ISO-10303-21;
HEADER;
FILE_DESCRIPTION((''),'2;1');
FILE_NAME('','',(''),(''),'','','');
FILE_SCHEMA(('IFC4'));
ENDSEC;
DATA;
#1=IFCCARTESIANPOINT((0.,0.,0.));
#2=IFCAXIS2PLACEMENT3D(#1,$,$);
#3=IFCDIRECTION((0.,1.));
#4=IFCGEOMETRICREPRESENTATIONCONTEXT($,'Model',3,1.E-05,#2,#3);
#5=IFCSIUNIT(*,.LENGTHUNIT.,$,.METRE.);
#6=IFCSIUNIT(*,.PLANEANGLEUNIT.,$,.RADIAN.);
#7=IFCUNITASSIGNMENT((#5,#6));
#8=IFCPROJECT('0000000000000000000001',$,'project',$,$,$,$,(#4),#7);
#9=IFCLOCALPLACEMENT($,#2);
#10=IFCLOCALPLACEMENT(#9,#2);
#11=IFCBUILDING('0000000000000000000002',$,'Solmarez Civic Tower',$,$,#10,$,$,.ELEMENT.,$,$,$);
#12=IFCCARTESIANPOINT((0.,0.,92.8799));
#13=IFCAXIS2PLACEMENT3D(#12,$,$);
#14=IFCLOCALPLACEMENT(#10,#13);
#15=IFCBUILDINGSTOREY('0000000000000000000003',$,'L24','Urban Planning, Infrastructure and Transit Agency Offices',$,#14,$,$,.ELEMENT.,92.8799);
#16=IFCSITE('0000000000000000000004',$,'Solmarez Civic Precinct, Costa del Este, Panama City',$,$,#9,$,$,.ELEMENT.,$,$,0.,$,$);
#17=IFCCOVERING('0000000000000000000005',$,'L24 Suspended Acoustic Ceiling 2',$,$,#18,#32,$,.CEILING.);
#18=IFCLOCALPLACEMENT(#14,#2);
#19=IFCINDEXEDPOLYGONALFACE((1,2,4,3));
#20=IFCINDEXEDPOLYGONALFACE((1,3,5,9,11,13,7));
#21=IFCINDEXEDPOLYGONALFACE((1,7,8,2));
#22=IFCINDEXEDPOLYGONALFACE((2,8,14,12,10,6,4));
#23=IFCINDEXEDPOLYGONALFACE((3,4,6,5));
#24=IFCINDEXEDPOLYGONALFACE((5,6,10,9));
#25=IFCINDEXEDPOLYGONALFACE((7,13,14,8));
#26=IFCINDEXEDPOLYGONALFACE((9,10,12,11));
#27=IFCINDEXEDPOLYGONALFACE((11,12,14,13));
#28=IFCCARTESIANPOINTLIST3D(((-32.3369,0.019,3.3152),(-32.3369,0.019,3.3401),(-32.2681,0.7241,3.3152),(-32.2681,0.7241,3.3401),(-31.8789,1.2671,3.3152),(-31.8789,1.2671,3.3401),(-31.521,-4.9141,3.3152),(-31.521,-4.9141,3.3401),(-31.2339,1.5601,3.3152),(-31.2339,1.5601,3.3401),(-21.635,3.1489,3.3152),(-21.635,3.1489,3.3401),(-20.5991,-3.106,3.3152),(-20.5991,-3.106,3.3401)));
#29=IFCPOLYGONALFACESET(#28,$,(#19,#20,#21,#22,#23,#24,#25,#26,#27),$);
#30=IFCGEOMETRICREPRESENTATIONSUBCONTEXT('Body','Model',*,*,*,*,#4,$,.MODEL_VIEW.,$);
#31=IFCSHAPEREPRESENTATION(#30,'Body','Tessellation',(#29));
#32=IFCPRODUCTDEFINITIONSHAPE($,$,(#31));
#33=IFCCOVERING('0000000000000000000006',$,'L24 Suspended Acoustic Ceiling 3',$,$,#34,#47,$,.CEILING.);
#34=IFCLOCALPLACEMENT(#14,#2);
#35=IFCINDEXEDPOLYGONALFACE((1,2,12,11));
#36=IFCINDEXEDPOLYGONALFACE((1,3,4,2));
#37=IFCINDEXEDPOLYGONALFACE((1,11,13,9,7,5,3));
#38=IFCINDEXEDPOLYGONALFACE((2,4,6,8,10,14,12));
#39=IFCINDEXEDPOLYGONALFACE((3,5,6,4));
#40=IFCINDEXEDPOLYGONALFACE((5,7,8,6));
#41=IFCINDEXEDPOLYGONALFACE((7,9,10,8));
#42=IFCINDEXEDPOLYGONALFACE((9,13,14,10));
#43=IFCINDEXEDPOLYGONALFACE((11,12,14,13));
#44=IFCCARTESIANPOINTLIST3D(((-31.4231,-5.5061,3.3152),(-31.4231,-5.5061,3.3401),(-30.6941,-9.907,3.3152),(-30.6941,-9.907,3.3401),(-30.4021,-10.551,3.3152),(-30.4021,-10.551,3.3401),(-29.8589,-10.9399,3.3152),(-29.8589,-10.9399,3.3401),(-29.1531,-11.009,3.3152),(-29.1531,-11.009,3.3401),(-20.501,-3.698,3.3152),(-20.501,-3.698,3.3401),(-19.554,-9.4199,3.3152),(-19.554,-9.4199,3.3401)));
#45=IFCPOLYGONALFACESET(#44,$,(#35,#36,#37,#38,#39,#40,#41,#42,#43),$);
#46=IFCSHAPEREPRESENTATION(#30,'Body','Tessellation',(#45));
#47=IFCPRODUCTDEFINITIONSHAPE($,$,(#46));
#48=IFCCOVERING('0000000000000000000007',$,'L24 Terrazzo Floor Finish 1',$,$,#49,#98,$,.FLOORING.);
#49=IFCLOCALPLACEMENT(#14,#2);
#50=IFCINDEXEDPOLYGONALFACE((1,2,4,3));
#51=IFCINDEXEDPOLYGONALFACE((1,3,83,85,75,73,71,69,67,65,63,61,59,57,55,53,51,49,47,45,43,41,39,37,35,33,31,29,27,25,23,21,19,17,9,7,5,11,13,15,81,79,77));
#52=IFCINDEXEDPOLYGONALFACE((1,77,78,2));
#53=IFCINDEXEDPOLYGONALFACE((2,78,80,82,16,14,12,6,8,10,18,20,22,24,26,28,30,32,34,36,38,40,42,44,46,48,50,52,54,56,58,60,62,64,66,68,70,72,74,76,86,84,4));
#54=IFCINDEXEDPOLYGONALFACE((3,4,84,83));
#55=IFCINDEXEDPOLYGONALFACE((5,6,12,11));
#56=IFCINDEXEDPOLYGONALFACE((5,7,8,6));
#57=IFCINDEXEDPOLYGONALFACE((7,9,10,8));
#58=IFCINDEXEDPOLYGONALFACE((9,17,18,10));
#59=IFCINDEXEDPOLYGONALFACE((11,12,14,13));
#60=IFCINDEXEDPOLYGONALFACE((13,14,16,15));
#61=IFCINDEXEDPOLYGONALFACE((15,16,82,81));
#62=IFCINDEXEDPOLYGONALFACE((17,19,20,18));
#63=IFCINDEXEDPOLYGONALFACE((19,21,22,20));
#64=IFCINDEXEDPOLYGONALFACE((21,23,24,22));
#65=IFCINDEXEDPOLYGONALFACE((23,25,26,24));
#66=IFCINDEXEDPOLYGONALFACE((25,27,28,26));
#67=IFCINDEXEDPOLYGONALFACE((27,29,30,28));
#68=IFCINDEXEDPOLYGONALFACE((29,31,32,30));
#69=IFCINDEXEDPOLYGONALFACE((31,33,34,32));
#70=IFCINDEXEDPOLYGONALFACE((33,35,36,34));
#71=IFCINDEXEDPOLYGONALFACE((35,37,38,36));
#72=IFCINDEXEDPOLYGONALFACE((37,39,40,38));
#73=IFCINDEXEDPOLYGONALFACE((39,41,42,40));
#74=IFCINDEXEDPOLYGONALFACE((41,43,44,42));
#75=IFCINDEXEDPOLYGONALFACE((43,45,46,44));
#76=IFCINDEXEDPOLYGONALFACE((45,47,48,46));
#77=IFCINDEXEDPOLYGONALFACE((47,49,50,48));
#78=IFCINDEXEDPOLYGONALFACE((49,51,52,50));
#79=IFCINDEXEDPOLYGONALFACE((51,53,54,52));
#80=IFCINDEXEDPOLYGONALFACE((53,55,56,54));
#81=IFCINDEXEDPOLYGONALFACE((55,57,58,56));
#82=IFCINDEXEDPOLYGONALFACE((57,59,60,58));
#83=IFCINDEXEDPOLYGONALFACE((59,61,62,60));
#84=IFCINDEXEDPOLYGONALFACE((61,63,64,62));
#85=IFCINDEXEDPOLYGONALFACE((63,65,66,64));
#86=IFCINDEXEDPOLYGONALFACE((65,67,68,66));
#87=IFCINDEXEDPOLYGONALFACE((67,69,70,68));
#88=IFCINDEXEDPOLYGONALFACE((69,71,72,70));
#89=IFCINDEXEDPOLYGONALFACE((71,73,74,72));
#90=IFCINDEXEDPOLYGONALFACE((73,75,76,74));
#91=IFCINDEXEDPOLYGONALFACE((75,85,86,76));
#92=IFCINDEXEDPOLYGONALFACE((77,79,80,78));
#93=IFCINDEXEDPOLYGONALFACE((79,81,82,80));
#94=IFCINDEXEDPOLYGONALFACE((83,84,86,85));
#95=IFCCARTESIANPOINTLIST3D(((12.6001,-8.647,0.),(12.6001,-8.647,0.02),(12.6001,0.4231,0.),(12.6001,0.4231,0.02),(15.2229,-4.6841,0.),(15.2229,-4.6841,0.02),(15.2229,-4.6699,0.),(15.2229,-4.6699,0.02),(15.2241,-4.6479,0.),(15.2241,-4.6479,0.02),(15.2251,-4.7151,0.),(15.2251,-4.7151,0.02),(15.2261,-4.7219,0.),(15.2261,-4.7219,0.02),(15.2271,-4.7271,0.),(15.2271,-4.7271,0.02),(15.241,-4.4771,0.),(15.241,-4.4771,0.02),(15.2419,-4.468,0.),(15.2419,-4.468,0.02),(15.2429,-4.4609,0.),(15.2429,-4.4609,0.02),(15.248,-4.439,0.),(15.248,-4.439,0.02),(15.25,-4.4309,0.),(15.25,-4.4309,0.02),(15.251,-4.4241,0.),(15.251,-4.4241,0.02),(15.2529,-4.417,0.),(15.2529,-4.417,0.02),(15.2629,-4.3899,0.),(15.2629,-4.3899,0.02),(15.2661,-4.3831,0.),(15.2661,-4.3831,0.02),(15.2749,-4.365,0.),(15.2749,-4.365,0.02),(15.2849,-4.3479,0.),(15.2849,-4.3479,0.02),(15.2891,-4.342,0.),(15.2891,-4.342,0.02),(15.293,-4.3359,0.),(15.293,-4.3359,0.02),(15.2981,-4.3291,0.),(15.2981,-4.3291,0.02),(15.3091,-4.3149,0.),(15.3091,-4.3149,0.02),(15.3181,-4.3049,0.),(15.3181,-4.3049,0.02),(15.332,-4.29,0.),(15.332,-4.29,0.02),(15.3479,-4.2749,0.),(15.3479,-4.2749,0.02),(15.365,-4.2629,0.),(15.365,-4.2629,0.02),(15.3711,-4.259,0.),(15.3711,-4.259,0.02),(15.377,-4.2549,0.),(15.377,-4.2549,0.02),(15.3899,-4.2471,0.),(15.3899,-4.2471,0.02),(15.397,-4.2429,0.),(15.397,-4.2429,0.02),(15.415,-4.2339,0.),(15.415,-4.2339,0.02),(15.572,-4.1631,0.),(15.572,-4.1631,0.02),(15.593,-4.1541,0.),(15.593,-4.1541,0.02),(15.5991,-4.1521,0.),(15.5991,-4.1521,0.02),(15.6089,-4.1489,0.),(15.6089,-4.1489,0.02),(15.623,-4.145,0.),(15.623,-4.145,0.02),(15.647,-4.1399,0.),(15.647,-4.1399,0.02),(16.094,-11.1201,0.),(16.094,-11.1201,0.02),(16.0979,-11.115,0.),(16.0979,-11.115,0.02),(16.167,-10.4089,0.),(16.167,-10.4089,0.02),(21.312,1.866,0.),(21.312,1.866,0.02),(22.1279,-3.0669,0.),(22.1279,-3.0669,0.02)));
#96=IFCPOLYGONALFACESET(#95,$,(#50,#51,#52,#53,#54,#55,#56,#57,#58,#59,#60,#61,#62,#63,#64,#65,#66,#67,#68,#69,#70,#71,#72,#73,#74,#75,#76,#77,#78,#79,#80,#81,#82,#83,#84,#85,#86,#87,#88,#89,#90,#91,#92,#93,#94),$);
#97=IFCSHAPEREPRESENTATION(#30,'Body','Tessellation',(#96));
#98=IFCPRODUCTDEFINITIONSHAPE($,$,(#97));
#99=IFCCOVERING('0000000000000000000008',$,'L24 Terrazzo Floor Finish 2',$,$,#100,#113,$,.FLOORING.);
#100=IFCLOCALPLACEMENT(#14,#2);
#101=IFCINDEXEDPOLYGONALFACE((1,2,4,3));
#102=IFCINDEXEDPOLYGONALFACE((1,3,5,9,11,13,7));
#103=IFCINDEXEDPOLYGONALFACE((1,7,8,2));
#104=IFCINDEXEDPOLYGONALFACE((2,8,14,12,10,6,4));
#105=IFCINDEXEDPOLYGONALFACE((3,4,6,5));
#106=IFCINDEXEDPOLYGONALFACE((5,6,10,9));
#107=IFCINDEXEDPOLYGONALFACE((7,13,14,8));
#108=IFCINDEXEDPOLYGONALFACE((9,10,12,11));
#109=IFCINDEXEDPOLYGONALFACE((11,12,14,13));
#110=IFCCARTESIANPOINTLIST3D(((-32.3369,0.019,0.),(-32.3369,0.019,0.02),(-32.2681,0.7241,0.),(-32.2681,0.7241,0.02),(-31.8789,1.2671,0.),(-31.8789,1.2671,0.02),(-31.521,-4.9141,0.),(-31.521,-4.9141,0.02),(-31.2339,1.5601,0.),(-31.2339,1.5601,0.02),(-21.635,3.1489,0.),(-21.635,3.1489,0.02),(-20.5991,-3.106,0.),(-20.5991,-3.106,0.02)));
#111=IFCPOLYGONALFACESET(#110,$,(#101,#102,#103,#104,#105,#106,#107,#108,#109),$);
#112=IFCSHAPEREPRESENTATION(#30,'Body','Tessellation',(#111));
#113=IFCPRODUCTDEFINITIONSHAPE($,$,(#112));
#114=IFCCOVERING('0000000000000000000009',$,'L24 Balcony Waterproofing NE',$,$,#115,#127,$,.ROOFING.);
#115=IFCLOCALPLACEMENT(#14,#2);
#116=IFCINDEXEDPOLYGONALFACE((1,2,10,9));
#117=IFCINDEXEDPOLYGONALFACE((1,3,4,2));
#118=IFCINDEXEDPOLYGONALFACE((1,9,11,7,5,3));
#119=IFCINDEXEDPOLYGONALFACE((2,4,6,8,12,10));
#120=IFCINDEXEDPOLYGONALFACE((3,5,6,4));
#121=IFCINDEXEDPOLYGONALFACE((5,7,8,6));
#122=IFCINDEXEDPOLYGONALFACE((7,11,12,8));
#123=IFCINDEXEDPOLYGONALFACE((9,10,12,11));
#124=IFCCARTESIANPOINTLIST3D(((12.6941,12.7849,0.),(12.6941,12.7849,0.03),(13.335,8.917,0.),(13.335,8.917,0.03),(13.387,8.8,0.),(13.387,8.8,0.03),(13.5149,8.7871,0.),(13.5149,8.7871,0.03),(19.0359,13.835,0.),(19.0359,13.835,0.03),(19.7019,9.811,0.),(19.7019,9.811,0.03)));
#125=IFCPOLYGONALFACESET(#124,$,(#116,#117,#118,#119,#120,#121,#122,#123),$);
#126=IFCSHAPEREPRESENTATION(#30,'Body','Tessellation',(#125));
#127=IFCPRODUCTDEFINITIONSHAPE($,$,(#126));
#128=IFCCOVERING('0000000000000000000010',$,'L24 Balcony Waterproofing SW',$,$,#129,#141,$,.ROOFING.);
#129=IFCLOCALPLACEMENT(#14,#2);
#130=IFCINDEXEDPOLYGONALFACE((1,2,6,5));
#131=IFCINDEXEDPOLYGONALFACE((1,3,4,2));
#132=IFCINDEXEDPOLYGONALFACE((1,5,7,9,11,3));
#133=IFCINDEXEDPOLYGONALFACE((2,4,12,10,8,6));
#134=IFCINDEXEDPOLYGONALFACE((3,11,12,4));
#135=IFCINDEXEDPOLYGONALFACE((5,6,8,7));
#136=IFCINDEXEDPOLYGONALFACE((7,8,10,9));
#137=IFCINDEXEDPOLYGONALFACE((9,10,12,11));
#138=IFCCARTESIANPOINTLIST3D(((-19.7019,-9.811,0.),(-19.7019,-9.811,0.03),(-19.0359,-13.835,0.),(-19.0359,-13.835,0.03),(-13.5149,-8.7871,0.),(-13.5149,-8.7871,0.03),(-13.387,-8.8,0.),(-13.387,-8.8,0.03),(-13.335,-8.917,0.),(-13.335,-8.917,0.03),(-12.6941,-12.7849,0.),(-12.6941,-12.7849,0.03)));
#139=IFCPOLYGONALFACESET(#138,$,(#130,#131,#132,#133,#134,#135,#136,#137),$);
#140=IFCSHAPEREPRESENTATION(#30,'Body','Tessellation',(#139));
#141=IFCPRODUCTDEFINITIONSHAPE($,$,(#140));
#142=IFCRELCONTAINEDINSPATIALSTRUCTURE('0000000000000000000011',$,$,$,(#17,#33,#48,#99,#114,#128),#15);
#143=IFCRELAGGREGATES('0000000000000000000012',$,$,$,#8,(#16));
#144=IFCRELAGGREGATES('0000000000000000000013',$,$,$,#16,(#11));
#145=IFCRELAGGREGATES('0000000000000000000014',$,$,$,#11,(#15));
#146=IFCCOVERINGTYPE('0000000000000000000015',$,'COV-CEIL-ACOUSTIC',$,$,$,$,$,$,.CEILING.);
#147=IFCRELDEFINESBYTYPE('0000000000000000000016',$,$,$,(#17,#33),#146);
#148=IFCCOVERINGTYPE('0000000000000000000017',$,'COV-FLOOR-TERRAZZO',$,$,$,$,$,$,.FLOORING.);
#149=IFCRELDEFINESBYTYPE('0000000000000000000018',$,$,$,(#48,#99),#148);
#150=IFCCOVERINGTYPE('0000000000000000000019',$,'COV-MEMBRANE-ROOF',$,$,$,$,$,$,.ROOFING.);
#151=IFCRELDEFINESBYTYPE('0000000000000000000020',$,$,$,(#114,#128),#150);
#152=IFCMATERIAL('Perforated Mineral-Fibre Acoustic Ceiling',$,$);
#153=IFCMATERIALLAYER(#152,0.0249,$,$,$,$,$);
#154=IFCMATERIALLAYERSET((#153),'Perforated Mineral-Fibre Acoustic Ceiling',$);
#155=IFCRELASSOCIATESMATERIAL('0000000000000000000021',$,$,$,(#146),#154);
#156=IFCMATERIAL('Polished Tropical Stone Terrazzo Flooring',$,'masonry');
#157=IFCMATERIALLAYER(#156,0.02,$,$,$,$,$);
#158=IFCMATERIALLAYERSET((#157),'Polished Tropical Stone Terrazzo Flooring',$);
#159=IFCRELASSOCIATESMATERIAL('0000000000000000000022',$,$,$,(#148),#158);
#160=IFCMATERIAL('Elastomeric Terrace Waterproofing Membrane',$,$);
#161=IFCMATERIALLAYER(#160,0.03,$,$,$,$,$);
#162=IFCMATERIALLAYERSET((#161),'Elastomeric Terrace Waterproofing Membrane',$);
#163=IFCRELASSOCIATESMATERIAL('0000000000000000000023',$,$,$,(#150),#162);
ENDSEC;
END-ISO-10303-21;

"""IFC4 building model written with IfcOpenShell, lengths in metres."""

from ifc_helpers import new_model, si_unit, direction, frame, origin, place, context, subcontext, project, spatial, polyline, outline, extrude, material, layer, layer_set, type_object, element, save


model = new_model("IFC4")

# Units and contexts
model_context = context("Model", 3, precision=1e-05, world=origin(), true_north=direction((0.0, 1.0)))
body_context = subcontext(model_context, "Body", "Model", "MODEL_VIEW")
ifc_project = project(units=[si_unit("LENGTHUNIT", "METRE"), si_unit("PLANEANGLEUNIT", "RADIAN")], contexts=[model_context])

# Site, building, storey
site_placement = place(None, origin())
site = spatial("IfcSite", under=ifc_project, at=site_placement, Name="Solmarez Civic Precinct, Costa del Este, Panama City", CompositionType="ELEMENT", RefElevation=0.0)
building_placement = place(site_placement, origin())
building = spatial("IfcBuilding", under=site, at=building_placement, Name="Solmarez Civic Tower", CompositionType="ELEMENT")
storey_placement = place(building_placement, frame((0.0, 0.0, 92.8799)))
storey = spatial("IfcBuildingStorey", under=building, at=storey_placement, Name="L24", Description="Urban Planning, Infrastructure and Transit Agency Offices", CompositionType="ELEMENT", Elevation=92.8799)

# Coverings
ifc_material_1 = material(Name="Perforated Mineral-Fibre Acoustic Ceiling")
ifc_layer_1 = layer(ifc_material_1, 0.0249)
ifc_layer_set_1 = layer_set([ifc_layer_1], Name="Perforated Mineral-Fibre Acoustic Ceiling")
covering_type_1 = type_object("IfcCoveringType", Name="COV-CEIL-ACOUSTIC", PredefinedType="CEILING", material=ifc_layer_set_1)
covering_1_placement = place(storey_placement, frame((0.0, 0.0, 3.3152)))
element("IfcCovering", 1, at=covering_1_placement, inside=storey, type_object=covering_type_1, Name="L24 Suspended Acoustic Ceiling 2", PredefinedType="CEILING", context=body_context, shape_type="SweptSolid", body=[
    extrude(outline(polyline([(-21.635, 3.1489), (-31.2339, 1.5601), (-31.8789, 1.2671), (-32.2681, 0.7241), (-32.3369, 0.019), (-31.521, -4.9141), (-20.5991, -3.106), (-21.635, 3.1489)])), origin(), (0.0, 0.0, 1.0), 0.0249),
])
covering_2_placement = place(storey_placement, frame((0.0, 0.0, 3.3152)))
element("IfcCovering", 2, at=covering_2_placement, inside=storey, type_object=covering_type_1, Name="L24 Suspended Acoustic Ceiling 3", PredefinedType="CEILING", context=body_context, shape_type="SweptSolid", body=[
    extrude(outline(polyline([(-31.4231, -5.5061), (-30.6941, -9.907), (-30.4021, -10.551), (-29.8589, -10.9399), (-29.1531, -11.009), (-19.554, -9.4199), (-20.501, -3.698), (-31.4231, -5.5061)])), origin(), (0.0, 0.0, 1.0), 0.0249),
])
ifc_material_2 = material(Name="Polished Tropical Stone Terrazzo Flooring", Category="masonry")
ifc_layer_2 = layer(ifc_material_2, 0.02)
ifc_layer_set_2 = layer_set([ifc_layer_2], Name="Polished Tropical Stone Terrazzo Flooring")
covering_type_2 = type_object("IfcCoveringType", Name="COV-FLOOR-TERRAZZO", PredefinedType="FLOORING", material=ifc_layer_set_2)
covering_3_placement = place(storey_placement, origin())
element("IfcCovering", 3, at=covering_3_placement, inside=storey, type_object=covering_type_2, Name="L24 Terrazzo Floor Finish 1", PredefinedType="FLOORING", context=body_context, shape_type="SweptSolid", body=[
    extrude(outline(polyline([(12.6001, 0.4231), (12.6001, -8.647), (16.094, -11.1201), (16.0979, -11.115), (16.167, -10.4089), (15.2271, -4.7271), (15.2261, -4.7219), (15.2251, -4.7151), (15.2229, -4.6841), (15.2229, -4.6699), (15.2241, -4.6479), (15.241, -4.4771), (15.2419, -4.468), (15.2429, -4.4609), (15.248, -4.439), (15.25, -4.4309), (15.251, -4.4241), (15.2529, -4.417), (15.2629, -4.3899), (15.2661, -4.3831), (15.2749, -4.365), (15.2849, -4.3479), (15.2891, -4.342), (15.293, -4.3359), (15.2981, -4.3291), (15.3091, -4.3149), (15.3181, -4.3049), (15.332, -4.29), (15.3479, -4.2749), (15.365, -4.2629), (15.3711, -4.259), (15.377, -4.2549), (15.3899, -4.2471), (15.397, -4.2429), (15.415, -4.2339), (15.572, -4.1631), (15.593, -4.1541), (15.5991, -4.1521), (15.6089, -4.1489), (15.623, -4.145), (15.647, -4.1399), (22.1279, -3.0669), (21.312, 1.866), (12.6001, 0.4231)])), origin(), (0.0, 0.0, 1.0), 0.02),
])
covering_4_placement = place(storey_placement, origin())
element("IfcCovering", 4, at=covering_4_placement, inside=storey, type_object=covering_type_2, Name="L24 Terrazzo Floor Finish 2", PredefinedType="FLOORING", context=body_context, shape_type="SweptSolid", body=[
    extrude(outline(polyline([(-21.635, 3.1489), (-31.2339, 1.5601), (-31.8789, 1.2671), (-32.2681, 0.7241), (-32.3369, 0.019), (-31.521, -4.9141), (-20.5991, -3.106), (-21.635, 3.1489)])), origin(), (0.0, 0.0, 1.0), 0.02),
])
ifc_material_3 = material(Name="Elastomeric Terrace Waterproofing Membrane")
ifc_layer_3 = layer(ifc_material_3, 0.03)
ifc_layer_set_3 = layer_set([ifc_layer_3], Name="Elastomeric Terrace Waterproofing Membrane")
covering_type_3 = type_object("IfcCoveringType", Name="COV-MEMBRANE-ROOF", PredefinedType="ROOFING", material=ifc_layer_set_3)
covering_5_placement = place(storey_placement, origin())
element("IfcCovering", 5, at=covering_5_placement, inside=storey, type_object=covering_type_3, Name="L24 Balcony Waterproofing NE", PredefinedType="ROOFING", context=body_context, shape_type="SweptSolid", body=[
    extrude(outline(polyline([(13.335, 8.917), (13.387, 8.8), (13.5149, 8.7871), (19.7019, 9.811), (19.0359, 13.835), (12.6941, 12.7849), (13.335, 8.917)])), origin(), (0.0, 0.0, 1.0), 0.03),
])
covering_6_placement = place(storey_placement, origin())
element("IfcCovering", 6, at=covering_6_placement, inside=storey, type_object=covering_type_3, Name="L24 Balcony Waterproofing SW", PredefinedType="ROOFING", context=body_context, shape_type="SweptSolid", body=[
    extrude(outline(polyline([(-13.335, -8.917), (-13.387, -8.8), (-13.5149, -8.7871), (-19.7019, -9.811), (-19.0359, -13.835), (-12.6941, -12.7849), (-13.335, -8.917)])), origin(), (0.0, 0.0, 1.0), 0.03),
])

save(model, "model.ifc")
